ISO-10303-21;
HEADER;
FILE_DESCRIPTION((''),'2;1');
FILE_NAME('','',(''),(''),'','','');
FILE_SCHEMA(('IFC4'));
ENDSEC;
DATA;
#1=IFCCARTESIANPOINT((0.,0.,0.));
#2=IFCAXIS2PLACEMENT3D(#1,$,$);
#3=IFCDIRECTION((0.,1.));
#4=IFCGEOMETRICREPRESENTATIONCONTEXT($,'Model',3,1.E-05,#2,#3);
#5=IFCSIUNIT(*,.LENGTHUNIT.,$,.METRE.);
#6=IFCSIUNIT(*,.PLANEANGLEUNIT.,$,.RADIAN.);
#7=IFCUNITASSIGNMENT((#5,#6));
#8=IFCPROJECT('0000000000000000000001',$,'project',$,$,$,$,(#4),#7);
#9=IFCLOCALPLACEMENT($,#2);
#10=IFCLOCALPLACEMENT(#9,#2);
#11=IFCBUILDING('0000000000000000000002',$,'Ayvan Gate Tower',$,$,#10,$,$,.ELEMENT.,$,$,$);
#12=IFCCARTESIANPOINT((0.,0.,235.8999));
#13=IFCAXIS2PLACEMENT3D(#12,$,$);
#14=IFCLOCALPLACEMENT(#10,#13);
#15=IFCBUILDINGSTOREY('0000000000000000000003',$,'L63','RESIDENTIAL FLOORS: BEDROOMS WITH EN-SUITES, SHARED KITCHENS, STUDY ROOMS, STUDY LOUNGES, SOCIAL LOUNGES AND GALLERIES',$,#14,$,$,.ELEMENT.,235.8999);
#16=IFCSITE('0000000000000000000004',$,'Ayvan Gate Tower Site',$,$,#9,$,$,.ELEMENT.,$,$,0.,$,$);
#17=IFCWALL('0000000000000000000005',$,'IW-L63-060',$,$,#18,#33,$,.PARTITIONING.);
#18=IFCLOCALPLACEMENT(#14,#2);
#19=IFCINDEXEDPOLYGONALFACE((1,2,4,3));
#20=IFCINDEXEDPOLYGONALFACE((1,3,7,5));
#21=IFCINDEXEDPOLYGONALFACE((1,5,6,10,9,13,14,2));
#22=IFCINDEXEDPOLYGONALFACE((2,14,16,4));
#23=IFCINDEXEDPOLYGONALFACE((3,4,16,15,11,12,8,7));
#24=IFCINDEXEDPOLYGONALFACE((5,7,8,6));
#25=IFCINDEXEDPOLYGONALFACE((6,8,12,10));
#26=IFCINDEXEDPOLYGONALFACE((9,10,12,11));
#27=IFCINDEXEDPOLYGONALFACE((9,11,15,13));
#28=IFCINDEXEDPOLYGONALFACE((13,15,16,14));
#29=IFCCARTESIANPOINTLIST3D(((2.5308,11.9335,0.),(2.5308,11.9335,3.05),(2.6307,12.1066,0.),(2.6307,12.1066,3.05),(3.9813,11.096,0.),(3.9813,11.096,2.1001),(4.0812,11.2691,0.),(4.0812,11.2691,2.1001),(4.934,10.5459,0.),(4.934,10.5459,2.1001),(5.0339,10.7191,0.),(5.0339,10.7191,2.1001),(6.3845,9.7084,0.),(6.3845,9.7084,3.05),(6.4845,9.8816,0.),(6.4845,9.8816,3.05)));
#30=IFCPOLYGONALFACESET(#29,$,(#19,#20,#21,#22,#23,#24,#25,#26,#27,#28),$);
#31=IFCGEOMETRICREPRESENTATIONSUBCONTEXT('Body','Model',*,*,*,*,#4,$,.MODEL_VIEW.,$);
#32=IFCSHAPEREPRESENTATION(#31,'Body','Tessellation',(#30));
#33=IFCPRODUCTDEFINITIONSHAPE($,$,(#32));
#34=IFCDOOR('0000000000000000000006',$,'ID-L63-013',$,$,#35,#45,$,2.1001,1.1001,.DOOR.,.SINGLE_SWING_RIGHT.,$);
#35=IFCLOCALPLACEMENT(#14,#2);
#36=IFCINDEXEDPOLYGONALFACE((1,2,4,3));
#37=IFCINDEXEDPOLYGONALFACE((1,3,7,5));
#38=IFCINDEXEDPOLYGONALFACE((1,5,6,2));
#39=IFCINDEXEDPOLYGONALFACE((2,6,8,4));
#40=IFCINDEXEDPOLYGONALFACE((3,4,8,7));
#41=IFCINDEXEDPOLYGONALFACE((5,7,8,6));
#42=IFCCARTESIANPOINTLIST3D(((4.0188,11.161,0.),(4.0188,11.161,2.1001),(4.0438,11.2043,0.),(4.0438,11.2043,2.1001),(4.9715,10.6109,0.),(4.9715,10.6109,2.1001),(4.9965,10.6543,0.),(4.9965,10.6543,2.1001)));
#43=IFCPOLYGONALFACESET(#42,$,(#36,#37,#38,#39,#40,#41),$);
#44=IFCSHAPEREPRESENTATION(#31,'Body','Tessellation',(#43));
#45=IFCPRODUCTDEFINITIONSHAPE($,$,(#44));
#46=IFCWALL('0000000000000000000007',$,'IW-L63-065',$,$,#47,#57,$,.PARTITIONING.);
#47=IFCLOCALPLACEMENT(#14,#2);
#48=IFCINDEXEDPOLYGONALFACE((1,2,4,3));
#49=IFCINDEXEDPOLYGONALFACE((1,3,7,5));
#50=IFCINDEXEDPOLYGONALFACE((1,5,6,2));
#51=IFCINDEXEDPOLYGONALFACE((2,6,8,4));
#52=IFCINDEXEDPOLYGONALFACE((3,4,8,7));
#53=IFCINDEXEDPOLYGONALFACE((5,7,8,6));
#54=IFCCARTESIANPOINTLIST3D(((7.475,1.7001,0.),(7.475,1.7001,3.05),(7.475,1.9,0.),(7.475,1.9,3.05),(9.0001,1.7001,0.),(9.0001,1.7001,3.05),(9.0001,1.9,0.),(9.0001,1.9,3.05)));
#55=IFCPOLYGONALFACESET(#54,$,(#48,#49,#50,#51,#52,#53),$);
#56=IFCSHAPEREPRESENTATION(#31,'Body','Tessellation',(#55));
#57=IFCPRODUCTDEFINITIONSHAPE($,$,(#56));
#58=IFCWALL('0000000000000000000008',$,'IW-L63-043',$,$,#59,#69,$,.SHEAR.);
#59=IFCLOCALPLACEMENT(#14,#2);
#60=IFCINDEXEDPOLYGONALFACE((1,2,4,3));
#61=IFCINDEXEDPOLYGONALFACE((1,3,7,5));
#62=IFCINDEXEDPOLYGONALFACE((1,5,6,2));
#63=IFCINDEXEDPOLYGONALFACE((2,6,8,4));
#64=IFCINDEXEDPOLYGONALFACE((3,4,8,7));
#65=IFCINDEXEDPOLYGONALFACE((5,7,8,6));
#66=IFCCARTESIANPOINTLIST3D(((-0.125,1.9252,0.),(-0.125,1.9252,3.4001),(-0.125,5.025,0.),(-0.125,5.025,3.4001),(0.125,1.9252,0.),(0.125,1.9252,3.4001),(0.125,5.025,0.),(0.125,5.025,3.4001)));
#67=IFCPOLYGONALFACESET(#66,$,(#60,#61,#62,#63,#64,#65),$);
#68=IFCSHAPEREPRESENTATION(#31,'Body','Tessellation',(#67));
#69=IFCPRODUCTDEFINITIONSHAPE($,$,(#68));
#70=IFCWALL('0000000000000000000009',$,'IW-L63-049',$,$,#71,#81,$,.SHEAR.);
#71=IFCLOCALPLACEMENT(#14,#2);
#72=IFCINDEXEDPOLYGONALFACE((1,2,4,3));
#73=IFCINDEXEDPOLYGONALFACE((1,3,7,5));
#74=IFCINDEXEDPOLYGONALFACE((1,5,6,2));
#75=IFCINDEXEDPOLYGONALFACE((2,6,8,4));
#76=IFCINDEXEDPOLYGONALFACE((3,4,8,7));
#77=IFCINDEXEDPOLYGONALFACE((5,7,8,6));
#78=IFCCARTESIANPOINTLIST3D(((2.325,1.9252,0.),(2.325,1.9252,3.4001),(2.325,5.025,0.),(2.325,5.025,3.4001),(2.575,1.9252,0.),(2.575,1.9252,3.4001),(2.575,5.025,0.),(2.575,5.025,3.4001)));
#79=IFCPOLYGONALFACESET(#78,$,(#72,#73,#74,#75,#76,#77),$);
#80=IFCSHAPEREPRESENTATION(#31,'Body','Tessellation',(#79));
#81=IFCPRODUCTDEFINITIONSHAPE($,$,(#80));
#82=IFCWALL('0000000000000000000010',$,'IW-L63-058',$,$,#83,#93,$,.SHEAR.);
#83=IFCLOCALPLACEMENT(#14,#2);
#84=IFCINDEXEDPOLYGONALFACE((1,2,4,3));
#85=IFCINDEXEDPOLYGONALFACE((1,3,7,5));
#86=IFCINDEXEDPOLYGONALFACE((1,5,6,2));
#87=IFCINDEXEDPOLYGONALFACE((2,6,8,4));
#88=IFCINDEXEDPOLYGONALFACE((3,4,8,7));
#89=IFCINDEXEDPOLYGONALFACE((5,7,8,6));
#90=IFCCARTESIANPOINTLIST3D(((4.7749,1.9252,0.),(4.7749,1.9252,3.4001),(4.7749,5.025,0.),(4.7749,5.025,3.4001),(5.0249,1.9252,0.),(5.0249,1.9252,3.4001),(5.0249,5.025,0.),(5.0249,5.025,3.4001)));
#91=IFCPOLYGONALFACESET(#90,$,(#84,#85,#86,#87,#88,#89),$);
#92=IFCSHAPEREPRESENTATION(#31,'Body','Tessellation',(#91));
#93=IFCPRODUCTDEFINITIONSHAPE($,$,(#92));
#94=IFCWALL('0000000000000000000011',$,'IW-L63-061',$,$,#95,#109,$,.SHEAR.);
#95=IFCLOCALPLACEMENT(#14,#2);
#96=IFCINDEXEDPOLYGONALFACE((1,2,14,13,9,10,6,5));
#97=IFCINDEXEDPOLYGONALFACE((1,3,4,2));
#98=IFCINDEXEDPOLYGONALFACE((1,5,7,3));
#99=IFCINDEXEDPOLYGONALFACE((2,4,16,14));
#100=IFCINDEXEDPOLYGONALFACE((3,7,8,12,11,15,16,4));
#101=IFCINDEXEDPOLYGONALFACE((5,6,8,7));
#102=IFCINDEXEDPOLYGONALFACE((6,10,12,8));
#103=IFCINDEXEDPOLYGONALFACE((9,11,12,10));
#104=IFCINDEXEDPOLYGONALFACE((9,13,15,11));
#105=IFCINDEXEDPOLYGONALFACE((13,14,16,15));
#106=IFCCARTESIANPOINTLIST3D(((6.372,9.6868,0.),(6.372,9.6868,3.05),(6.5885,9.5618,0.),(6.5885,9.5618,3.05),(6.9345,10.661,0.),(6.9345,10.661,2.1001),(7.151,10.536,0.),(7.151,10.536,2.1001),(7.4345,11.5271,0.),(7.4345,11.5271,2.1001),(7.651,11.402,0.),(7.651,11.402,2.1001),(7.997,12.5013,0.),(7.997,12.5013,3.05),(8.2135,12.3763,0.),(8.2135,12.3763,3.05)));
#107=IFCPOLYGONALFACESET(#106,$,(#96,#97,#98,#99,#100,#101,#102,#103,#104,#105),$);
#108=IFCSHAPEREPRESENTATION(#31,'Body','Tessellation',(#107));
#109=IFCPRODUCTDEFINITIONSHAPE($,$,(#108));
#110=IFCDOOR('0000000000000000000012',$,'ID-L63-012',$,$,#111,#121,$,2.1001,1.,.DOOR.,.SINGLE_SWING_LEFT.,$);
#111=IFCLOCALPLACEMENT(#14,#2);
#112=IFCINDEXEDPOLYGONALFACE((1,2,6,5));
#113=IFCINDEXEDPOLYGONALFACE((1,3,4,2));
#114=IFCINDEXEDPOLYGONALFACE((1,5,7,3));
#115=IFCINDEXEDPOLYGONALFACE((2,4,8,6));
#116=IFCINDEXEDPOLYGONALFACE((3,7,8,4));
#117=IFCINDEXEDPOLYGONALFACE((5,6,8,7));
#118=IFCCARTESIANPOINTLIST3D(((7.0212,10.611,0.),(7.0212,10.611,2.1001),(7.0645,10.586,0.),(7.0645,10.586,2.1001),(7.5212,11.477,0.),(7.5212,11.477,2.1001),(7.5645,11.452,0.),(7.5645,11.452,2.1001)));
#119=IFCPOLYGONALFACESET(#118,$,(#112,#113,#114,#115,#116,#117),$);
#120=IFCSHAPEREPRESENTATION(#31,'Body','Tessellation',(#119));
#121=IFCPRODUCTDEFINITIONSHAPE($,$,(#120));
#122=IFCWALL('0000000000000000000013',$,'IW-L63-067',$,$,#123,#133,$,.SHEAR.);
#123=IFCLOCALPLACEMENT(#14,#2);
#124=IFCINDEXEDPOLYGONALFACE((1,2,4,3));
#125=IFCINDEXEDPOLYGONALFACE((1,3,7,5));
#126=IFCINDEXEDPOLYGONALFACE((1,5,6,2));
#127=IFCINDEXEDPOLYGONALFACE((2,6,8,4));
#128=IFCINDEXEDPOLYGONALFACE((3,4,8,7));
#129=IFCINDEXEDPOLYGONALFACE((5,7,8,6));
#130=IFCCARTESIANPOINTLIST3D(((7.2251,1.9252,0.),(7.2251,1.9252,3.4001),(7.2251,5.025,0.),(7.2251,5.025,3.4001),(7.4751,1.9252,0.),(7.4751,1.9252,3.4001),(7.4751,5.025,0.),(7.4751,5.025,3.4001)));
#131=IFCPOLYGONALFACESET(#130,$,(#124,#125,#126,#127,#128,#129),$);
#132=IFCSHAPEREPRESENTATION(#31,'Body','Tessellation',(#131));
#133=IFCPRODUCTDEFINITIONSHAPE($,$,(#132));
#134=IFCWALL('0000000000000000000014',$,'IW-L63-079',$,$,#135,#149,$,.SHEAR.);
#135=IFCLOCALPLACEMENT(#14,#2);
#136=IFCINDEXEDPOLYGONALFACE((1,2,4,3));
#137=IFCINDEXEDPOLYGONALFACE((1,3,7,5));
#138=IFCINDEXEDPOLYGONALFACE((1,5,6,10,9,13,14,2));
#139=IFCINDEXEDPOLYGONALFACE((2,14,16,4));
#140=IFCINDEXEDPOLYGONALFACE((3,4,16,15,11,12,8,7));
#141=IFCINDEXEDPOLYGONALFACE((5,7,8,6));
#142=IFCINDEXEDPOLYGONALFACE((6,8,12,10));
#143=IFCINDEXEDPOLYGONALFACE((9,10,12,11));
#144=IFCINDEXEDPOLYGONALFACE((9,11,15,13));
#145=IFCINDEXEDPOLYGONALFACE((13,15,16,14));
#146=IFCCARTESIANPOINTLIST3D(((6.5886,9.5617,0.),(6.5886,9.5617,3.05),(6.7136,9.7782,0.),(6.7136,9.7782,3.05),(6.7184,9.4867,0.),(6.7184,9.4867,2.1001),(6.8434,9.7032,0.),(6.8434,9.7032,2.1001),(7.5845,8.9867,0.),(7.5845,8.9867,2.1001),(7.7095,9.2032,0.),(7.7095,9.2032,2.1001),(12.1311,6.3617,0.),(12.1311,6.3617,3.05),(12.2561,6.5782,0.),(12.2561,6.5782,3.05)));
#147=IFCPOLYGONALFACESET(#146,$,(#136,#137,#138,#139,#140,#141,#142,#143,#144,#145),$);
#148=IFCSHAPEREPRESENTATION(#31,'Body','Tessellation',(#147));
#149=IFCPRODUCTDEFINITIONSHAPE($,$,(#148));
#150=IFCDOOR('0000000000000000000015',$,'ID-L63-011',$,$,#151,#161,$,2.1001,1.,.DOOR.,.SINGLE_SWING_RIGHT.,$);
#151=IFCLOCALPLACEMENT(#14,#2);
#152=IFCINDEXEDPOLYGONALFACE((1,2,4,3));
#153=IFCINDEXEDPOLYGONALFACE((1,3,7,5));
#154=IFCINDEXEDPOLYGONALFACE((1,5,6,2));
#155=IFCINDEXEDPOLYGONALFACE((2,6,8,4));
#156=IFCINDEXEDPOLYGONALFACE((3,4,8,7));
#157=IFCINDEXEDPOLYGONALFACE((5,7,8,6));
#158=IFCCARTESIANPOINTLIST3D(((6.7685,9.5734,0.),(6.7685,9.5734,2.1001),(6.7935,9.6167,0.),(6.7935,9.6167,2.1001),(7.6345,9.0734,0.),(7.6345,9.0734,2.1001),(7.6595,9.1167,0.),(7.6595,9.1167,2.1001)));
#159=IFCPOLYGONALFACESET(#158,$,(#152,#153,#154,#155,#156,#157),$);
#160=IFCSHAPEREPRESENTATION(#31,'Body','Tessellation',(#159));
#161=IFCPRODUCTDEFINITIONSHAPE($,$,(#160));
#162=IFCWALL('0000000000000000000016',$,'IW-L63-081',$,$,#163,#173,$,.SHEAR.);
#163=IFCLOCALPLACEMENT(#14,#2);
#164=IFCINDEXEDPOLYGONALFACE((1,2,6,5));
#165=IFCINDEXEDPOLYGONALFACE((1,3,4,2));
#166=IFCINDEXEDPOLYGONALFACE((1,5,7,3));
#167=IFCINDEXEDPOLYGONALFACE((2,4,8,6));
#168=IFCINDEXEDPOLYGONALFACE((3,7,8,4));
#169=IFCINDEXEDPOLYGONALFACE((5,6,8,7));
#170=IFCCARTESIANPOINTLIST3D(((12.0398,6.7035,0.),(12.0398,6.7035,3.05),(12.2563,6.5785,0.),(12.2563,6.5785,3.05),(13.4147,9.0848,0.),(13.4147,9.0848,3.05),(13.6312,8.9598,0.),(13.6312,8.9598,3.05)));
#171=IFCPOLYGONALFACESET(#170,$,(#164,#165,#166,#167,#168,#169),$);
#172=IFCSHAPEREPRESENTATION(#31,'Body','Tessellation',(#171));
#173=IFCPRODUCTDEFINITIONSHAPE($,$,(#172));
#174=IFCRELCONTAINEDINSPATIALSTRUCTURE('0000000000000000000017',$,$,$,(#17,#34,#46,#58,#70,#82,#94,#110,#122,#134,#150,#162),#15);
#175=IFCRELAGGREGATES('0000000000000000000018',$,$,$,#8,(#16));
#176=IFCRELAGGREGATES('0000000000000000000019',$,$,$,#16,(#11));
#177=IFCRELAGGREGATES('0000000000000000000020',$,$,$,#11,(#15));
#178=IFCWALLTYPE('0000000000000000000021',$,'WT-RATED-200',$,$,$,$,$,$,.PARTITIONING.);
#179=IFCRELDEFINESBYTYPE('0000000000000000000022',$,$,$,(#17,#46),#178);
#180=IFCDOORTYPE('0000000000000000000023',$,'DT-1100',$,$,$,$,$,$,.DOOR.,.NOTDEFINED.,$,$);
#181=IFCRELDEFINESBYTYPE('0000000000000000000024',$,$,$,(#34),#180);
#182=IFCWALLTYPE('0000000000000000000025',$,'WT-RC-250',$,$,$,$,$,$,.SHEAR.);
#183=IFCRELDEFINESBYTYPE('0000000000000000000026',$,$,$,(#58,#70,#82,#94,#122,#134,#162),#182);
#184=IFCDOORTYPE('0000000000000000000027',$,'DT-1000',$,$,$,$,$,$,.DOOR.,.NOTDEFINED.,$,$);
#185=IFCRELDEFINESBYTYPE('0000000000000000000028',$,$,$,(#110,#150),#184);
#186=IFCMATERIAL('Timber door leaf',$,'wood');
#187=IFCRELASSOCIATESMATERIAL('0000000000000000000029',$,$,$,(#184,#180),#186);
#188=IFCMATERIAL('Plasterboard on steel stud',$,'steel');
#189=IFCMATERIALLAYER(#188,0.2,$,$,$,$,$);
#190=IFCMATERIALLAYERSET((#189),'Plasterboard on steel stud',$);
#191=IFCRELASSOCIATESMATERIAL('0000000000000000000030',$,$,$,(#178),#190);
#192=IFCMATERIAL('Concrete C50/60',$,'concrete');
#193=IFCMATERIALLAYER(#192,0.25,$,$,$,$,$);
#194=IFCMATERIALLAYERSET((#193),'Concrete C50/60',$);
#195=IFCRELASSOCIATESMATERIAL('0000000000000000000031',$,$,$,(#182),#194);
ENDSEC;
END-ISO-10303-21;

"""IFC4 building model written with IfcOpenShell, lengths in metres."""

from ifc_helpers import new_model, si_unit, direction, frame, frame_2d, origin, place, context, subcontext, project, spatial, rectangle, extrude, material, layer, layer_set, type_object, element, fill, save


model = new_model("IFC4")

# Units and contexts
model_context = context("Model", 3, precision=1e-05, world=origin(), true_north=direction((0.0, 1.0)))
body_context = subcontext(model_context, "Body", "Model", "MODEL_VIEW")
ifc_project = project(units=[si_unit("LENGTHUNIT", "METRE"), si_unit("PLANEANGLEUNIT", "RADIAN")], contexts=[model_context])

# Site, building, storey
site_placement = place(None, origin())
site = spatial("IfcSite", under=ifc_project, at=site_placement, Name="Ayvan Gate Tower Site", CompositionType="ELEMENT", RefElevation=0.0)
building_placement = place(site_placement, origin())
building = spatial("IfcBuilding", under=site, at=building_placement, Name="Ayvan Gate Tower", CompositionType="ELEMENT")
storey_placement = place(building_placement, frame((0.0, 0.0, 235.8999)))
storey = spatial("IfcBuildingStorey", under=building, at=storey_placement, Name="L63", Description="RESIDENTIAL FLOORS: BEDROOMS WITH EN-SUITES, SHARED KITCHENS, STUDY ROOMS, STUDY LOUNGES, SOCIAL LOUNGES AND GALLERIES", CompositionType="ELEMENT", Elevation=235.8999)

# Shared definitions
ifc_material_1 = material(Name="Timber door leaf", Category="wood")

# Shared definitions
ifc_material_2 = material(Name="Plasterboard on steel stud", Category="steel")
door_type_1 = type_object("IfcDoorType", Name="DT-1000", OperationType="NOTDEFINED", PredefinedType="DOOR", material=ifc_material_1)

# Shared definitions
ifc_layer_1 = layer(ifc_material_2, 0.2)
ifc_layer_set_1 = layer_set([ifc_layer_1], Name="Plasterboard on steel stud")
wall_type_1 = type_object("IfcWallType", Name="WT-RATED-200", PredefinedType="PARTITIONING", material=ifc_layer_set_1)

# Wall, opening, door
wall_1_placement = place(storey_placement, frame((6.4346, 9.7949, 0.0), z_axis=(0.0, 0.0, 1.0), x_axis=(-0.866013, 0.500022, 0.0)))
wall_1 = element("IfcWall", 1, at=wall_1_placement, inside=storey, type_object=wall_type_1, Name="IW-L63-060", PredefinedType="PARTITIONING", context=body_context, shape_type="SweptSolid", body=[
    extrude(rectangle(XDim=4.45, YDim=0.2, at=frame_2d((2.2251, 0.0))), origin(), (0.0, 0.0, 1.0), 3.05),
])
opening_1_placement = place(wall_1_placement, frame((1.675, 0.0, 0.0)))
opening_1 = element("IfcOpeningElement", 2, at=opening_1_placement, cuts=wall_1, PredefinedType="OPENING", context=body_context, shape_type="SweptSolid", body=[
    extrude(rectangle(XDim=1.1001, YDim=2.1001, at=frame_2d((0.55, 1.05))), frame((0.0, 0.1099, 0.0), z_axis=(0.0, -1.0, 0.0), x_axis=(1.0, 0.0, 0.0)), (0.0, 0.0, 1.0), 0.22),
])
door_type_2 = type_object("IfcDoorType", Name="DT-1100", OperationType="NOTDEFINED", PredefinedType="DOOR", material=ifc_material_1)
door_1_placement = place(opening_1_placement, origin())
door_1 = element("IfcDoor", 3, at=door_1_placement, inside=storey, type_object=door_type_2, Name="ID-L63-013", OperationType="SINGLE_SWING_RIGHT", OverallHeight=2.1001, OverallWidth=1.1001, PredefinedType="DOOR", context=body_context, shape_type="SweptSolid", body=[
    extrude(rectangle(XDim=1.1001, YDim=2.1001, at=frame_2d((0.55, 1.05))), frame((0.0, 0.0249, 0.0), z_axis=(0.0, -1.0, 0.0), x_axis=(1.0, 0.0, 0.0)), (0.0, 0.0, 1.0), 0.05),
])
fill(opening_1, door_1)

# Walls
wall_2_placement = place(storey_placement, frame((7.4749, 1.8, 0.0), z_axis=(0.0, 0.0, 1.0), x_axis=(1.0, 0.0, 0.0)))
element("IfcWall", 4, at=wall_2_placement, inside=storey, type_object=wall_type_1, Name="IW-L63-065", PredefinedType="PARTITIONING", context=body_context, shape_type="SweptSolid", body=[
    extrude(rectangle(XDim=1.5251, YDim=0.2, at=frame_2d((0.7627, 0.0))), origin(), (0.0, 0.0, 1.0), 3.05),
])
ifc_material_3 = material(Name="Concrete C50/60", Category="concrete")
ifc_layer_2 = layer(ifc_material_3, 0.25)
ifc_layer_set_2 = layer_set([ifc_layer_2], Name="Concrete C50/60")
wall_type_2 = type_object("IfcWallType", Name="WT-RC-250", PredefinedType="SHEAR", material=ifc_layer_set_2)
for number, where, z_axis, x_axis, name in (
    (5, (0.0, 5.0249, 0.0), (0.0, 0.0, 1.0), (0.0, -1.0, 0.0), "IW-L63-043"),
    (6, (2.45, 5.0249, 0.0), (0.0, 0.0, 1.0), (0.0, -1.0, 0.0), "IW-L63-049"),
    (7, (4.8999, 5.0249, 0.0), (0.0, 0.0, 1.0), (0.0, -1.0, 0.0), "IW-L63-058"),
):
    element("IfcWall", number, at=place(storey_placement, frame(where, z_axis=z_axis, x_axis=x_axis)), inside=storey, type_object=wall_type_2, Name=name, PredefinedType="SHEAR", context=body_context, shape_type="SweptSolid", body=[
        extrude(rectangle(XDim=3.0999, YDim=0.25, at=frame_2d((1.5498, 0.0))), origin(), (0.0, 0.0, 1.0), 3.4001),
    ])

# Wall, opening, door
wall_3_placement = place(storey_placement, frame((6.4802, 9.6243, 0.0), z_axis=(0.0, 0.0, 1.0), x_axis=(0.500017, 0.866015, 0.0)))
wall_3 = element("IfcWall", 8, at=wall_3_placement, inside=storey, type_object=wall_type_2, Name="IW-L63-061", PredefinedType="SHEAR", context=body_context, shape_type="SweptSolid", body=[
    extrude(rectangle(XDim=3.25, YDim=0.25, at=frame_2d((1.625, 0.0))), origin(), (0.0, 0.0, 1.0), 3.05),
])
opening_2_placement = place(wall_3_placement, frame((1.125, 0.0, 0.0)))
opening_2 = element("IfcOpeningElement", 9, at=opening_2_placement, cuts=wall_3, PredefinedType="OPENING", context=body_context, shape_type="SweptSolid", body=[
    extrude(rectangle(XDim=1.0, YDim=2.1001, at=frame_2d((0.5, 1.05))), frame((0.0, 0.135, 0.0), z_axis=(0.0, -1.0, 0.0), x_axis=(1.0, 0.0, 0.0)), (0.0, 0.0, 1.0), 0.27),
])
door_2_placement = place(opening_2_placement, origin())
door_2 = element("IfcDoor", 10, at=door_2_placement, inside=storey, type_object=door_type_1, Name="ID-L63-012", OperationType="SINGLE_SWING_LEFT", OverallHeight=2.1001, OverallWidth=1.0, PredefinedType="DOOR", context=body_context, shape_type="SweptSolid", body=[
    extrude(rectangle(XDim=1.0, YDim=2.1001, at=frame_2d((0.5, 1.05))), frame((0.0, 0.0249, 0.0), z_axis=(0.0, -1.0, 0.0), x_axis=(1.0, 0.0, 0.0)), (0.0, 0.0, 1.0), 0.05),
])
fill(opening_2, door_2)

# Wall
wall_4_placement = place(storey_placement, frame((7.3501, 5.0249, 0.0), z_axis=(0.0, 0.0, 1.0), x_axis=(0.0, -1.0, 0.0)))
element("IfcWall", 11, at=wall_4_placement, inside=storey, type_object=wall_type_2, Name="IW-L63-067", PredefinedType="SHEAR", context=body_context, shape_type="SweptSolid", body=[
    extrude(rectangle(XDim=3.0999, YDim=0.25, at=frame_2d((1.5498, 0.0))), origin(), (0.0, 0.0, 1.0), 3.4001),
])

# Wall, opening, door
wall_5_placement = place(storey_placement, frame((12.1936, 6.47, 0.0), z_axis=(0.0, 0.0, 1.0), x_axis=(-0.866025, 0.5, 0.0)))
wall_5 = element("IfcWall", 12, at=wall_5_placement, inside=storey, type_object=wall_type_2, Name="IW-L63-079", PredefinedType="SHEAR", context=body_context, shape_type="SweptSolid", body=[
    extrude(rectangle(XDim=6.3999, YDim=0.25, at=frame_2d((3.2, 0.0))), origin(), (0.0, 0.0, 1.0), 3.05),
])
opening_3_placement = place(wall_5_placement, frame((5.25, 0.0, 0.0)))
opening_3 = element("IfcOpeningElement", 13, at=opening_3_placement, cuts=wall_5, PredefinedType="OPENING", context=body_context, shape_type="SweptSolid", body=[
    extrude(rectangle(XDim=1.0, YDim=2.1001, at=frame_2d((0.5, 1.05))), frame((0.0, 0.135, 0.0), z_axis=(0.0, -1.0, 0.0), x_axis=(1.0, 0.0, 0.0)), (0.0, 0.0, 1.0), 0.27),
])
door_3_placement = place(opening_3_placement, origin())
door_3 = element("IfcDoor", 14, at=door_3_placement, inside=storey, type_object=door_type_1, Name="ID-L63-011", OperationType="SINGLE_SWING_RIGHT", OverallHeight=2.1001, OverallWidth=1.0, PredefinedType="DOOR", context=body_context, shape_type="SweptSolid", body=[
    extrude(rectangle(XDim=1.0, YDim=2.1001, at=frame_2d((0.5, 1.05))), frame((0.0, 0.0249, 0.0), z_axis=(0.0, -1.0, 0.0), x_axis=(1.0, 0.0, 0.0)), (0.0, 0.0, 1.0), 0.05),
])
fill(opening_3, door_3)

# Wall
wall_6_placement = place(storey_placement, frame((12.1479, 6.6409, 0.0), z_axis=(0.0, 0.0, 1.0), x_axis=(0.500035, 0.866005, 0.0)))
element("IfcWall", 15, at=wall_6_placement, inside=storey, type_object=wall_type_2, Name="IW-L63-081", PredefinedType="SHEAR", context=body_context, shape_type="SweptSolid", body=[
    extrude(rectangle(XDim=2.7498, YDim=0.25, at=frame_2d((1.375, 0.0))), origin(), (0.0, 0.0, 1.0), 3.05),
])

save(model, "model.ifc")
